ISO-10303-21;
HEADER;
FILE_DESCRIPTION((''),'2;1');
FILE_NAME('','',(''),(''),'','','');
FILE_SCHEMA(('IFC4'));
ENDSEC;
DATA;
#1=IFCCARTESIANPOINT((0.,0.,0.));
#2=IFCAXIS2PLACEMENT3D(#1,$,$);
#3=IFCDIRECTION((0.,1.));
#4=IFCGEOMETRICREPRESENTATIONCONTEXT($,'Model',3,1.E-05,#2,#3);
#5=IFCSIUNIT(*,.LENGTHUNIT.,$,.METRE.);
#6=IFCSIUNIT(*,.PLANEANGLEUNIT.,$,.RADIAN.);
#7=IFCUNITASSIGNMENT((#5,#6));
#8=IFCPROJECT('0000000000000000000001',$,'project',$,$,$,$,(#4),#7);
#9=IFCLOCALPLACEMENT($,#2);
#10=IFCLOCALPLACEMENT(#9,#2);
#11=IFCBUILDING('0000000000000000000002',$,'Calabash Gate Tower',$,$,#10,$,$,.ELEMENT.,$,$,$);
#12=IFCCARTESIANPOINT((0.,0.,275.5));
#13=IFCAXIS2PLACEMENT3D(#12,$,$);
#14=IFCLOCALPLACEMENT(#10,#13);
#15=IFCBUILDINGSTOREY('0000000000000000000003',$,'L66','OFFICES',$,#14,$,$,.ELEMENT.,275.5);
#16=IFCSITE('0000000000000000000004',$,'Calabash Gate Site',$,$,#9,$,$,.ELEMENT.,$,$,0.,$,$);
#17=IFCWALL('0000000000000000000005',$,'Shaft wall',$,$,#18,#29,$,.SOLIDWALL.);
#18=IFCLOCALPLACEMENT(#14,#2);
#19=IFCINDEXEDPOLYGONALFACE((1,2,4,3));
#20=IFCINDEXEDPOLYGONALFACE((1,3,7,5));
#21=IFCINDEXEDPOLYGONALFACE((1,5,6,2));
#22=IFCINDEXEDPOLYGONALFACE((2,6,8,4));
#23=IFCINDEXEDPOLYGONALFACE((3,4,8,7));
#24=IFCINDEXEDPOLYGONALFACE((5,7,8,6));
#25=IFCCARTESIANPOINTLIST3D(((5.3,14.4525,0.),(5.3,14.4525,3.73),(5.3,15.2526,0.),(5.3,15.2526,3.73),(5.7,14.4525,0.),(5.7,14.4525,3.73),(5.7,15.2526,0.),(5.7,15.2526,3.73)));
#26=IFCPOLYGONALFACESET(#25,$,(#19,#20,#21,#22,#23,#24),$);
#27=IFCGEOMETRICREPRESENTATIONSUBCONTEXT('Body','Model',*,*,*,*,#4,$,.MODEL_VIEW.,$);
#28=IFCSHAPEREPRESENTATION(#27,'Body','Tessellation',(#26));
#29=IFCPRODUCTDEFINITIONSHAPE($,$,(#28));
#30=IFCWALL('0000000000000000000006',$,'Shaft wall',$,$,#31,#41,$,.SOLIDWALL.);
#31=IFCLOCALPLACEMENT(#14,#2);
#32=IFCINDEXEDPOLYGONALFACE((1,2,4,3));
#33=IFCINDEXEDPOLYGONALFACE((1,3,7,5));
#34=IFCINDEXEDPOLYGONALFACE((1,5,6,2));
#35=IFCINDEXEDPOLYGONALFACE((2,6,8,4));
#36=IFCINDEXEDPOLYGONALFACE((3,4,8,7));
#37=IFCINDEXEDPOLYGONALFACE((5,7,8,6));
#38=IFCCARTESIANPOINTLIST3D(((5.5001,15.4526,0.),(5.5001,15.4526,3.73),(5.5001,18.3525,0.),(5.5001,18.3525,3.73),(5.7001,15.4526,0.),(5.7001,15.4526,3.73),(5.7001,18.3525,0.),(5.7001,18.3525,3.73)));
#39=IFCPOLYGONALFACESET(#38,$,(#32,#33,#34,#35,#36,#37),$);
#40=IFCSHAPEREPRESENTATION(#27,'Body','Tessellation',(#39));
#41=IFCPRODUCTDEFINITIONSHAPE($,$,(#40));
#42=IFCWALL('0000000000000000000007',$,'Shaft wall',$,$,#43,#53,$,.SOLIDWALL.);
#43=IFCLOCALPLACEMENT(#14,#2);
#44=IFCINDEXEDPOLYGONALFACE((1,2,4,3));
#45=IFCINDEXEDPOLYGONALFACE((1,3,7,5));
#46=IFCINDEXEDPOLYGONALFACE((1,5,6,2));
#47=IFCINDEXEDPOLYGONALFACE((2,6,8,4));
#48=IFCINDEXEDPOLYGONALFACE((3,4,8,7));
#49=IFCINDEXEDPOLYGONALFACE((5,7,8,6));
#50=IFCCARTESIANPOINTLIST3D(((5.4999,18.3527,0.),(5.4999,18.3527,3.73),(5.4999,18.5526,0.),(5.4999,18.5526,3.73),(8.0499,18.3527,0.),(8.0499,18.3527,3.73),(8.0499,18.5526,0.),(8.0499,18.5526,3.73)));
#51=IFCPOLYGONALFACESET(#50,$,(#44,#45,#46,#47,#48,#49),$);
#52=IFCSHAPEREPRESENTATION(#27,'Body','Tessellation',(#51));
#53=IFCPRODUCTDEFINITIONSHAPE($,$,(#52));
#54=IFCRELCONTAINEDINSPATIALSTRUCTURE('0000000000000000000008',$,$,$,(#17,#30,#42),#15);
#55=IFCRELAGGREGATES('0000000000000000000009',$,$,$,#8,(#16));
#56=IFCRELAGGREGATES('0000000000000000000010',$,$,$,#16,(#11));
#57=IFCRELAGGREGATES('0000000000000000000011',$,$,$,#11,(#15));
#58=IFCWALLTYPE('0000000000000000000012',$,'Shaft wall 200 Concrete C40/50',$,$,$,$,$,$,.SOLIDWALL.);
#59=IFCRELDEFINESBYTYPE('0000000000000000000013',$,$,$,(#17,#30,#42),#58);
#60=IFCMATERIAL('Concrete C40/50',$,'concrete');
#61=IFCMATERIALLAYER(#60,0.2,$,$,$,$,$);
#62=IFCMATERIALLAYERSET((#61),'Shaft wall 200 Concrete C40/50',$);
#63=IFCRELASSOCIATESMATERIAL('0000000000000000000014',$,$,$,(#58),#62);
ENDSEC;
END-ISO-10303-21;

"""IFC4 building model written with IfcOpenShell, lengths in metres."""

from ifc_helpers import new_model, si_unit, direction, frame, frame_2d, origin, place, context, subcontext, project, spatial, rectangle, extrude, material, layer, layer_set, type_object, element, save


model = new_model("IFC4")

# Units and contexts
model_context = context("Model", 3, precision=1e-05, world=origin(), true_north=direction((0.0, 1.0)))
body_context = subcontext(model_context, "Body", "Model", "MODEL_VIEW")
ifc_project = project(units=[si_unit("LENGTHUNIT", "METRE"), si_unit("PLANEANGLEUNIT", "RADIAN")], contexts=[model_context])

# Site, building, storey
site_placement = place(None, origin())
site = spatial("IfcSite", under=ifc_project, at=site_placement, Name="Calabash Gate Site", CompositionType="ELEMENT", RefElevation=0.0)
building_placement = place(site_placement, origin())
building = spatial("IfcBuilding", under=site, at=building_placement, Name="Calabash Gate Tower", CompositionType="ELEMENT")
storey_placement = place(building_placement, frame((0.0, 0.0, 275.5)))
storey = spatial("IfcBuildingStorey", under=building, at=storey_placement, Name="L66", Description="OFFICES", CompositionType="ELEMENT", Elevation=275.5)

# Shared definitions
ifc_material_1 = material(Name="Concrete C40/50", Category="concrete")
ifc_layer_1 = layer(ifc_material_1, 0.2)
ifc_layer_set_1 = layer_set([ifc_layer_1], Name="Shaft wall 200 Concrete C40/50")
wall_type_1 = type_object("IfcWallType", Name="Shaft wall 200 Concrete C40/50", PredefinedType="SOLIDWALL", material=ifc_layer_set_1)

# Walls
wall_1_placement = place(storey_placement, frame((5.5, 14.4526, 0.0), z_axis=(0.0, 0.0, 1.0), x_axis=(0.0, 1.0, 0.0)))
element("IfcWall", 1, at=wall_1_placement, inside=storey, type_object=wall_type_1, Name="Shaft wall", PredefinedType="SOLIDWALL", context=body_context, shape_type="SweptSolid", body=[
    extrude(rectangle(XDim=0.8, YDim=0.3999, at=frame_2d((0.3999, 0.0))), origin(), (0.0, 0.0, 1.0), 3.73),
])
wall_2_placement = place(storey_placement, frame((5.6001, 15.4526, 0.0), z_axis=(0.0, 0.0, 1.0), x_axis=(0.0, 1.0, 0.0)))
element("IfcWall", 2, at=wall_2_placement, inside=storey, type_object=wall_type_1, Name="Shaft wall", PredefinedType="SOLIDWALL", context=body_context, shape_type="SweptSolid", body=[
    extrude(rectangle(XDim=2.8999, YDim=0.2, at=frame_2d((1.45, 0.0))), origin(), (0.0, 0.0, 1.0), 3.73),
])
wall_3_placement = place(storey_placement, frame((5.5, 18.4526, 0.0), z_axis=(0.0, 0.0, 1.0), x_axis=(1.0, 0.0, 0.0)))
element("IfcWall", 3, at=wall_3_placement, inside=storey, type_object=wall_type_1, Name="Shaft wall", PredefinedType="SOLIDWALL", context=body_context, shape_type="SweptSolid", body=[
    extrude(rectangle(XDim=2.55, YDim=0.2, at=frame_2d((1.2749, 0.0))), origin(), (0.0, 0.0, 1.0), 3.73),
])

save(model, "model.ifc")
